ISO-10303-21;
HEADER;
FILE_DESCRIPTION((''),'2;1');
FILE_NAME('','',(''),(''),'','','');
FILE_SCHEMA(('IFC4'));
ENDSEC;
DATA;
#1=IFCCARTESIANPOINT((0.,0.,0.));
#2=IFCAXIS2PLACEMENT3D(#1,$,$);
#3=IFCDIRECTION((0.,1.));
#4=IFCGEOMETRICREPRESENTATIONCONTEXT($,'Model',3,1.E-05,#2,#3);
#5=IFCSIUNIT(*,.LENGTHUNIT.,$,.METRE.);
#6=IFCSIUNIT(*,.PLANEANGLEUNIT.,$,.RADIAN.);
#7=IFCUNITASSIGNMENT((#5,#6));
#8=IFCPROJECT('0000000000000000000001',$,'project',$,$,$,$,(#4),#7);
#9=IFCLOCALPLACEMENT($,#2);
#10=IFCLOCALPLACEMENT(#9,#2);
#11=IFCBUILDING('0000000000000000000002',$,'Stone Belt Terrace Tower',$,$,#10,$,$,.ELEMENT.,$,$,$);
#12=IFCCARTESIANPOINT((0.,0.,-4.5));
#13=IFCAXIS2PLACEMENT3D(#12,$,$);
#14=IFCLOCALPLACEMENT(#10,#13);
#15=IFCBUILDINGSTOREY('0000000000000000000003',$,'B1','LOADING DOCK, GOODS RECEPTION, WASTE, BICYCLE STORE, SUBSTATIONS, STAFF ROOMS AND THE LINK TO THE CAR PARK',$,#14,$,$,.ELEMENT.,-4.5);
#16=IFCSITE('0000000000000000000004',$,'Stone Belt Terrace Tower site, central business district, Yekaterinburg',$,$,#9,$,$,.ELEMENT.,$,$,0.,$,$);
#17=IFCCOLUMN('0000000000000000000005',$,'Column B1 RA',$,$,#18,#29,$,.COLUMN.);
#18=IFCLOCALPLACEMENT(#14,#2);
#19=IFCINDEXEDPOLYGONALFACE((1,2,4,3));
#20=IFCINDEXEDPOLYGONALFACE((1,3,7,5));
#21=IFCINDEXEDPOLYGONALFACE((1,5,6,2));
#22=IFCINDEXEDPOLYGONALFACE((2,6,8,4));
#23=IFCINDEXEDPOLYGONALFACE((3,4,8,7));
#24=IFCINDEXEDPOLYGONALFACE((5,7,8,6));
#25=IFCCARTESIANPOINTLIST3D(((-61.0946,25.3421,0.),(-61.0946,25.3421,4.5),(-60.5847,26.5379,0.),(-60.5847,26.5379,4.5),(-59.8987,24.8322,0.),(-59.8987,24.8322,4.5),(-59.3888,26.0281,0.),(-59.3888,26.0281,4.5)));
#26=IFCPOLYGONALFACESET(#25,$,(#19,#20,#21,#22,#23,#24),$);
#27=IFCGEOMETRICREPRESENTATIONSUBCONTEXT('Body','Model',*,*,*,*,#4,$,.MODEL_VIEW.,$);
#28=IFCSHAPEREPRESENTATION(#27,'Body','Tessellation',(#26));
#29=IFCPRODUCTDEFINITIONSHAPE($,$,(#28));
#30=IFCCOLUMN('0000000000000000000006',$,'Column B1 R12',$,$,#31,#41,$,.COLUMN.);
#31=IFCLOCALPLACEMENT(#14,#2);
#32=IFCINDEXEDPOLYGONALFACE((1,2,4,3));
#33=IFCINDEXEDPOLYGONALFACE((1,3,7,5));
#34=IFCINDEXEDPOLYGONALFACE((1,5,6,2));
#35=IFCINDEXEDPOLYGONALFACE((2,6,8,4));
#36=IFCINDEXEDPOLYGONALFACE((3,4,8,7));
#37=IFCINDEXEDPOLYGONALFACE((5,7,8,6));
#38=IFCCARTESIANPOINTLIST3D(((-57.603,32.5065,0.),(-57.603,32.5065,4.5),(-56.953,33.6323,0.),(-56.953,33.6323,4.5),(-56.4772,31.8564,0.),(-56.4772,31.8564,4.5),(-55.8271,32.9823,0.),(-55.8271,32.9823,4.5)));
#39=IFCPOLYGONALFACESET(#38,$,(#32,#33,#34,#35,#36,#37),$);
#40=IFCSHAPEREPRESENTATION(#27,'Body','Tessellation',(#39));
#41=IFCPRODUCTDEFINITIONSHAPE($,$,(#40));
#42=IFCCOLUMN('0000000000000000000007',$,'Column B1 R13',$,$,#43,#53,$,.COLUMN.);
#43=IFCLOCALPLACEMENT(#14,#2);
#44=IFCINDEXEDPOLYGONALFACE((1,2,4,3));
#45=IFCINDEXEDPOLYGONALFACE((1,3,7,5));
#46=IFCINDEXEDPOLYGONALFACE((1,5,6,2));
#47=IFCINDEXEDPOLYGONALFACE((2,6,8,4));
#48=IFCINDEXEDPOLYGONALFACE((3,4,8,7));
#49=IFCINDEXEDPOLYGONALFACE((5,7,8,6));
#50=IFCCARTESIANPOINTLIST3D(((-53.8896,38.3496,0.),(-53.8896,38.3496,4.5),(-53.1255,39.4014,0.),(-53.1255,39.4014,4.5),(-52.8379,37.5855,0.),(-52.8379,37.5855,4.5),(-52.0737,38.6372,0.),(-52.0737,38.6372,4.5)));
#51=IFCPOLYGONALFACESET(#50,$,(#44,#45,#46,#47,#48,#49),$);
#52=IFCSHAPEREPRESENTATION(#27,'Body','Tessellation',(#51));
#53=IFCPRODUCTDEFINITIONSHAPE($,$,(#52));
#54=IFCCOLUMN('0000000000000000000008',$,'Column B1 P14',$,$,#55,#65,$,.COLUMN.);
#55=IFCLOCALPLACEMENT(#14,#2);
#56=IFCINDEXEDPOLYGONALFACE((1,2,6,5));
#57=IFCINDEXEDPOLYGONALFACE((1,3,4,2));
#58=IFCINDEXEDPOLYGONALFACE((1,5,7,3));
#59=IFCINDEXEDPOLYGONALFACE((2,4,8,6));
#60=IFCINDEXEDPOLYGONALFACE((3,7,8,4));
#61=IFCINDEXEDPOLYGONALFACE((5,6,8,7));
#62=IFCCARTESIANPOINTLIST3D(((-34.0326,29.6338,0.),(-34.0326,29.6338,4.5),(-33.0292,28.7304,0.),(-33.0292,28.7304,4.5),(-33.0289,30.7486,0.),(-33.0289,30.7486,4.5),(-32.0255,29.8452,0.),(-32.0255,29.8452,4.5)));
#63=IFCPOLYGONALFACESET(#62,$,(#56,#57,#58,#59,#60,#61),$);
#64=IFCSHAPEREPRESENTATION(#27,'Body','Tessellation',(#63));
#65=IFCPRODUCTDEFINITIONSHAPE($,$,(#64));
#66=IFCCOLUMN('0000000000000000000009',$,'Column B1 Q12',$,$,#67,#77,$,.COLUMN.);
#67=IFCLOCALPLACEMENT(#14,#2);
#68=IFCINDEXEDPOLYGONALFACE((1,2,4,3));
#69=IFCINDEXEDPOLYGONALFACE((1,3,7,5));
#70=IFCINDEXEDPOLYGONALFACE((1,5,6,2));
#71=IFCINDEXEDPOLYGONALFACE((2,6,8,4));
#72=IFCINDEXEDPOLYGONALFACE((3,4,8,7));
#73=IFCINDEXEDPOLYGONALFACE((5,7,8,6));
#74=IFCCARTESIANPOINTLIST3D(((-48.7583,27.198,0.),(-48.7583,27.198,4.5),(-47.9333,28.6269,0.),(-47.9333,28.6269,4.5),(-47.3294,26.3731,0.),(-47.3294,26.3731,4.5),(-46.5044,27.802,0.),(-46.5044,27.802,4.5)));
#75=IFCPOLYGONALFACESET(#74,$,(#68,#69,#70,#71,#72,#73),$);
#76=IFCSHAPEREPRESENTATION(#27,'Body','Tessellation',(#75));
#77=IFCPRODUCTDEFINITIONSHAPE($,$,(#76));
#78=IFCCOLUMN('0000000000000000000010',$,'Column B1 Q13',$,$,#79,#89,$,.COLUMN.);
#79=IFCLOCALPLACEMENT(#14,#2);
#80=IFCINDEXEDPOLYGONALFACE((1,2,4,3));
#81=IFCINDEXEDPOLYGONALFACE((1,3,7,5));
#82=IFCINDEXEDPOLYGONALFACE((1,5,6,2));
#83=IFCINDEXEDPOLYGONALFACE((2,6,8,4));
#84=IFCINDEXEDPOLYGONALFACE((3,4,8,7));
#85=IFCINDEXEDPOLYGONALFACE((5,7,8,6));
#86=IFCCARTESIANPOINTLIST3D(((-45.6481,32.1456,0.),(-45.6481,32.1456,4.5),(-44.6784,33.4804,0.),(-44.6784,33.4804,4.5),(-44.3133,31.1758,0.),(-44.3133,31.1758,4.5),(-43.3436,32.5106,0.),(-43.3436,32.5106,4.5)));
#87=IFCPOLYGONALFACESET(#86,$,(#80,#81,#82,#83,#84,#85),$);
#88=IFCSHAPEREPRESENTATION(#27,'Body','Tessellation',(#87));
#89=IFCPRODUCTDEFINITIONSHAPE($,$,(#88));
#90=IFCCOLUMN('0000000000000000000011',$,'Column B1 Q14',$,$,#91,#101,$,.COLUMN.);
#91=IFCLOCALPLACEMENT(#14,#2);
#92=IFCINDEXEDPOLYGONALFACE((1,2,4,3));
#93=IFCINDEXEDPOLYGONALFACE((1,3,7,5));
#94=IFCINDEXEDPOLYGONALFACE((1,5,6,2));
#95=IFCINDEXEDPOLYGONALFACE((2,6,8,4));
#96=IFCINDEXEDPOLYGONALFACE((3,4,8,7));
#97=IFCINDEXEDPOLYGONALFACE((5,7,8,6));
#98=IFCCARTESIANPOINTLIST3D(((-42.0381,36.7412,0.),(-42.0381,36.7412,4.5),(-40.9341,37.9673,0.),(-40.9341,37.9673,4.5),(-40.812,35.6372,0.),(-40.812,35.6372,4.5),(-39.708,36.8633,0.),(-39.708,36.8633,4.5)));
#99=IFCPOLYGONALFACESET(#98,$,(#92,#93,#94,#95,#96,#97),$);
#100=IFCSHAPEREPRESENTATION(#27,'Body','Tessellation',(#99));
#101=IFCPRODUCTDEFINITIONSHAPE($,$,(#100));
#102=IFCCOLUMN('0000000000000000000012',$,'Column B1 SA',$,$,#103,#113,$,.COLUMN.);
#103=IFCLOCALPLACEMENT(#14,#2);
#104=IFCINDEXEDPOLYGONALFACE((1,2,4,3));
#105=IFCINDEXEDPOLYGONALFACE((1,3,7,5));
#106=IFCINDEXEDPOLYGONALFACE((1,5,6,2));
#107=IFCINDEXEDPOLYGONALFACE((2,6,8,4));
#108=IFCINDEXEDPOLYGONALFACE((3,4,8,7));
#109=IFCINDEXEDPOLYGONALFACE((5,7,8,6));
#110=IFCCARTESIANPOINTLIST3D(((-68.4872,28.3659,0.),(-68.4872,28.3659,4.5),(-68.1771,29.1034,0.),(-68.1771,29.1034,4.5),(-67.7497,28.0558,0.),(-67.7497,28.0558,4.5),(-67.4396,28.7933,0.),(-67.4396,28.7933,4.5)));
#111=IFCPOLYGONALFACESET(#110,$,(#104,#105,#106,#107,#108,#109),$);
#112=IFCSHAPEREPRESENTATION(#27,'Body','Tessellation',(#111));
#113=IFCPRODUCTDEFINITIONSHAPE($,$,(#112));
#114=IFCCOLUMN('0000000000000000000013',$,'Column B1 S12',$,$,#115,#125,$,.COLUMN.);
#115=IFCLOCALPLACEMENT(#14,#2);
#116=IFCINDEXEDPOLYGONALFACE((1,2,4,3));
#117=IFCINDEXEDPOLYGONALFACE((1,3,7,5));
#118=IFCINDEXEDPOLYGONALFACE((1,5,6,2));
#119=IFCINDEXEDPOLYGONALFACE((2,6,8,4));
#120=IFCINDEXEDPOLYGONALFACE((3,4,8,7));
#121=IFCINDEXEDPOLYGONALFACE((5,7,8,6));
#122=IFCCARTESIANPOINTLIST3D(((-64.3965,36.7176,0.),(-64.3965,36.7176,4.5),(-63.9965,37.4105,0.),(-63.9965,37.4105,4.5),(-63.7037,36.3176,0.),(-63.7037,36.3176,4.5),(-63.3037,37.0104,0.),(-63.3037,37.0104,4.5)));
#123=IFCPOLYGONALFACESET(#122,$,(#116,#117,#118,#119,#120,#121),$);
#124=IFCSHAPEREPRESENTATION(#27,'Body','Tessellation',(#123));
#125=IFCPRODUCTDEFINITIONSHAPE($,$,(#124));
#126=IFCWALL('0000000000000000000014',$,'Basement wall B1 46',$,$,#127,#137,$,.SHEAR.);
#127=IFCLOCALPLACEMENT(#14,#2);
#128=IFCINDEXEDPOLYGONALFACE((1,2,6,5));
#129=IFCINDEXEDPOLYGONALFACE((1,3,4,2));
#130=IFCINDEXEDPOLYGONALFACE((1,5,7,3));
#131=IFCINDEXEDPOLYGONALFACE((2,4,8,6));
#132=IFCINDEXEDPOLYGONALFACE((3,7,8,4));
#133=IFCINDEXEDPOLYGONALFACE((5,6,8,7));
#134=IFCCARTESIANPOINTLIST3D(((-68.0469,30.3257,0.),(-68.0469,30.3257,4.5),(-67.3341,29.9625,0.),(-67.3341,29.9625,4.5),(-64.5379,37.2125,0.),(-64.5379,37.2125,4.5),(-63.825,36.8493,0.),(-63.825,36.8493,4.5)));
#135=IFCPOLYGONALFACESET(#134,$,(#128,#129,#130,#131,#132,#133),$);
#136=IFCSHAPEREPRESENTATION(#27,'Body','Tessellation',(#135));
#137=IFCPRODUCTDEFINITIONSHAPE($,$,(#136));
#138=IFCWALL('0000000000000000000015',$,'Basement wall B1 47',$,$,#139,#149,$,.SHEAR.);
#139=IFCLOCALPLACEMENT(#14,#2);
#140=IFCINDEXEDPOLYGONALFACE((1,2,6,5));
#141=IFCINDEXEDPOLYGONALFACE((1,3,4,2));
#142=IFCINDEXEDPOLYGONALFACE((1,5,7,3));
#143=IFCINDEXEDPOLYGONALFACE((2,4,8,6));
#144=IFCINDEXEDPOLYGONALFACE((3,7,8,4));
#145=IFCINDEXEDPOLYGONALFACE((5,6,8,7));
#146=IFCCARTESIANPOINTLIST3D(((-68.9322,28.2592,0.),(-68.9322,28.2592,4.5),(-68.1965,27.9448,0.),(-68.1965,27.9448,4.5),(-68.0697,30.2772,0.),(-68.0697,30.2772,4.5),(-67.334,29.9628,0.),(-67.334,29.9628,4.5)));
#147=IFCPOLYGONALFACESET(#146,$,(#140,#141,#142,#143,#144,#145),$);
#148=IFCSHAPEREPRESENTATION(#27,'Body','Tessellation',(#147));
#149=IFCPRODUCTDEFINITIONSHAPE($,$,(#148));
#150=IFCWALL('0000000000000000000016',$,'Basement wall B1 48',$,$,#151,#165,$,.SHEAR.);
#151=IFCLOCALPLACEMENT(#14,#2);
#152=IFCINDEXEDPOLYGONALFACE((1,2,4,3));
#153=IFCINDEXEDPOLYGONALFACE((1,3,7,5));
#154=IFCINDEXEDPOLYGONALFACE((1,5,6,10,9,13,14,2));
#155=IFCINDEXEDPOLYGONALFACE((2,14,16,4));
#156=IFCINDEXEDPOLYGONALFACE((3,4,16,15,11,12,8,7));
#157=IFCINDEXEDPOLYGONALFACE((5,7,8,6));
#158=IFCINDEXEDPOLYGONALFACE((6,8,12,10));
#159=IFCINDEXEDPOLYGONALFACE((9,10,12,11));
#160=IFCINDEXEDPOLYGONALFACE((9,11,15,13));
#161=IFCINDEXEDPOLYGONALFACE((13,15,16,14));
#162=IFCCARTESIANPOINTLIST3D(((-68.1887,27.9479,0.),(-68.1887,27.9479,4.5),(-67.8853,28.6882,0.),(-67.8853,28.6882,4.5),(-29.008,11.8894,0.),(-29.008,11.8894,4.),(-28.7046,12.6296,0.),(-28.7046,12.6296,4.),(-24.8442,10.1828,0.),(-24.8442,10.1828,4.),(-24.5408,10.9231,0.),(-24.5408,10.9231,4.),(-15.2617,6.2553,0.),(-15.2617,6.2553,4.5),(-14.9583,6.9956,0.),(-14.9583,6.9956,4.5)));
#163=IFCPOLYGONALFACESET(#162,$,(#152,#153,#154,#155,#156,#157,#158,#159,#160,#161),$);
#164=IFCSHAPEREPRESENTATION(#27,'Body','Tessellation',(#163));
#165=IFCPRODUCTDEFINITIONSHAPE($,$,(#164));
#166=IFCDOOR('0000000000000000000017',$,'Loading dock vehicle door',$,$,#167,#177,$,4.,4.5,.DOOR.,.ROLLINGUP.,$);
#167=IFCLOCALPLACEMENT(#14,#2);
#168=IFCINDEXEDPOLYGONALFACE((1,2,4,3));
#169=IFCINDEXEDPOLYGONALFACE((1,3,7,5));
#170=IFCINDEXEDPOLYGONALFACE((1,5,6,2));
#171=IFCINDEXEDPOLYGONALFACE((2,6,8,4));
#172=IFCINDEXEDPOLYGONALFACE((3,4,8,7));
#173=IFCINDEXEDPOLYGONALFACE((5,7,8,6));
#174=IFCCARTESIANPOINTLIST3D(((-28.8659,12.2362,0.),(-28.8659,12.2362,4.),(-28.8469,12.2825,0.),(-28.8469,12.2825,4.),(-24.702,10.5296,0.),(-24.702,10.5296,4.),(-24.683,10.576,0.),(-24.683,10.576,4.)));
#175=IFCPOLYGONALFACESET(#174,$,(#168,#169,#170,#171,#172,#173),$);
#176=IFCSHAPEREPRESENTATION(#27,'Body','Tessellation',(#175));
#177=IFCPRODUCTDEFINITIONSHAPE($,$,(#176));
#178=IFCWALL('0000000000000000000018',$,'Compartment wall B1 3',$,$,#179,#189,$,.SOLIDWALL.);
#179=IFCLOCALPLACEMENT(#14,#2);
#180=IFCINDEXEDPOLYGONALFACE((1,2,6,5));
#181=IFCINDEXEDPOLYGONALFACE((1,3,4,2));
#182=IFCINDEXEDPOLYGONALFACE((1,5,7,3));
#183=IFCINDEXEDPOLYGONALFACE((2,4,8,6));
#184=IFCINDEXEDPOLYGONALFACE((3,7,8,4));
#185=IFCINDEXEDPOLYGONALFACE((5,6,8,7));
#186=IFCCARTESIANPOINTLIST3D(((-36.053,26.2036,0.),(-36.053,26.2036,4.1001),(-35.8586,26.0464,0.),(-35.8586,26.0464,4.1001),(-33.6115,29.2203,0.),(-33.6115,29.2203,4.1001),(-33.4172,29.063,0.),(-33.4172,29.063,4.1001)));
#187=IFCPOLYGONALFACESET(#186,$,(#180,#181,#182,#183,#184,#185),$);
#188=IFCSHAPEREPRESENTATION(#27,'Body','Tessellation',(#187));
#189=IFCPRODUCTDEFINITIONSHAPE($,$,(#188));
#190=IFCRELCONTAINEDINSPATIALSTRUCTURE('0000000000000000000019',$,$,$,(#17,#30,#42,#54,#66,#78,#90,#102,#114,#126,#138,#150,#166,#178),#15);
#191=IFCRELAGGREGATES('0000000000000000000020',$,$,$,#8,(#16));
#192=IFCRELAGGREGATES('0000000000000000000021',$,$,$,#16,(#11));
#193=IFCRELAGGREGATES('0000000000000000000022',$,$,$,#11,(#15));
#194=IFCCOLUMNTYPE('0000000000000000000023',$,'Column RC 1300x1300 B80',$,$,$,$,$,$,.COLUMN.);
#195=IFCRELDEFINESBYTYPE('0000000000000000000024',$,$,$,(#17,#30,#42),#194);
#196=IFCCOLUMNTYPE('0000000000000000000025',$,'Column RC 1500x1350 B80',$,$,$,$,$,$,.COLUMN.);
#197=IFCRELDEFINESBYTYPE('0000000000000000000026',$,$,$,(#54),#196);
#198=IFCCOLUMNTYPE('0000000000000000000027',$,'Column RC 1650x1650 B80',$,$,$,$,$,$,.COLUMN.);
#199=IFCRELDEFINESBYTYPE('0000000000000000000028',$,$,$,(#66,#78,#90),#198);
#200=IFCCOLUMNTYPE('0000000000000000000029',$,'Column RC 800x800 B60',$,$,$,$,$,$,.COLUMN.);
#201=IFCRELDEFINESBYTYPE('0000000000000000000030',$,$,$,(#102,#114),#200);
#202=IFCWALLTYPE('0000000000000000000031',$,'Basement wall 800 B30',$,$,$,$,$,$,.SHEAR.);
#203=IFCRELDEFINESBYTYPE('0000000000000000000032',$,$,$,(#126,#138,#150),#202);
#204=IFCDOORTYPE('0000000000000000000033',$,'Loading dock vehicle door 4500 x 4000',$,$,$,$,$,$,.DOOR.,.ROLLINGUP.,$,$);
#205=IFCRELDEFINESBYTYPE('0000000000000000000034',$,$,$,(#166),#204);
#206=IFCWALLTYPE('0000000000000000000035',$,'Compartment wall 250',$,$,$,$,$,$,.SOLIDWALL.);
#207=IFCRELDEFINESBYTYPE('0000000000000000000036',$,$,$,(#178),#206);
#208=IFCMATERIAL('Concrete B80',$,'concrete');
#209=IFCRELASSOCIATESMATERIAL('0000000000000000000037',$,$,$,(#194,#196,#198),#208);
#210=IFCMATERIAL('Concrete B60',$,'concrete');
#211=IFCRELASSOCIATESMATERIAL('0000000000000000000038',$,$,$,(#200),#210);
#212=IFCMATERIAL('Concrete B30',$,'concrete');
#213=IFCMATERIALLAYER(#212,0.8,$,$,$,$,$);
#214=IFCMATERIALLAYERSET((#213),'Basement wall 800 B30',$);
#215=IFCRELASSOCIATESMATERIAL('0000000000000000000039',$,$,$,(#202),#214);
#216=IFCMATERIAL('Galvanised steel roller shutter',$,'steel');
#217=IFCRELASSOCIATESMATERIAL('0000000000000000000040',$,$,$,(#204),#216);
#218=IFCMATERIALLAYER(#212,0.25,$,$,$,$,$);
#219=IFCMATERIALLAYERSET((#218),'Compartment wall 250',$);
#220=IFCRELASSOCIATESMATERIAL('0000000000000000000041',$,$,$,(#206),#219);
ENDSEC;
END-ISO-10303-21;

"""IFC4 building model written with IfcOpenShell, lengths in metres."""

from ifc_helpers import new_model, si_unit, direction, frame, frame_2d, origin, origin_2d, place, context, subcontext, project, spatial, rectangle, extrude, material, layer, layer_set, material_profile, profile_set, type_object, element, fill, save


model = new_model("IFC4")

# Units and contexts
model_context = context("Model", 3, precision=1e-05, world=origin(), true_north=direction((0.0, 1.0)))
body_context = subcontext(model_context, "Body", "Model", "MODEL_VIEW")
ifc_project = project(units=[si_unit("LENGTHUNIT", "METRE"), si_unit("PLANEANGLEUNIT", "RADIAN")], contexts=[model_context])

# Site, building, storey
site_placement = place(None, origin())
site = spatial("IfcSite", under=ifc_project, at=site_placement, Name="Stone Belt Terrace Tower site, central business district, Yekaterinburg", CompositionType="ELEMENT", RefElevation=0.0)
building_placement = place(site_placement, origin())
building = spatial("IfcBuilding", under=site, at=building_placement, Name="Stone Belt Terrace Tower", CompositionType="ELEMENT")
storey_placement = place(building_placement, frame((0.0, 0.0, -4.5)))
storey = spatial("IfcBuildingStorey", under=building, at=storey_placement, Name="B1", Description="LOADING DOCK, GOODS RECEPTION, WASTE, BICYCLE STORE, SUBSTATIONS, STAFF ROOMS AND THE LINK TO THE CAR PARK", CompositionType="ELEMENT", Elevation=-4.5)

# Columns
ifc_material_1 = material(Name="Concrete B80", Category="concrete")
ifc_material_profile_1 = material_profile(ifc_material_1, rectangle(XDim=1.3, YDim=1.3, at=origin_2d()), Name="RC 1300x1300")
ifc_profile_set_1 = profile_set([ifc_material_profile_1], Name="Concrete B80")
column_type_1 = type_object("IfcColumnType", Name="Column RC 1300x1300 B80", PredefinedType="COLUMN", material=ifc_profile_set_1)
for number, where, z_axis, x_axis, name in (
    (1, (-60.2417, 25.6851, 0.0), (0.0, 0.0, 1.0), (0.392204, 0.919878, 0.0), "Column B1 RA"),
    (2, (-56.7151, 32.7444, 0.0), (0.0, 0.0, 1.0), (0.5, 0.866025, 0.0), "Column B1 R12"),
    (3, (-52.9817, 38.4934, 0.0), (0.0, 0.0, 1.0), (0.587785, 0.809017, 0.0), "Column B1 R13"),
):
    element("IfcColumn", number, at=place(storey_placement, frame(where, z_axis=z_axis, x_axis=x_axis)), inside=storey, type_object=column_type_1, Name=name, PredefinedType="COLUMN", context=body_context, shape_type="SweptSolid", body=[
        extrude(rectangle(XDim=1.3, YDim=1.3, at=origin_2d()), origin(), (0.0, 0.0, 1.0), 4.5),
    ])
ifc_material_profile_2 = material_profile(ifc_material_1, rectangle(XDim=1.5, YDim=1.3501, at=origin_2d()), Name="RC 1500x1350")
ifc_profile_set_2 = profile_set([ifc_material_profile_2], Name="Concrete B80")
column_type_2 = type_object("IfcColumnType", Name="Column RC 1500x1350 B80", PredefinedType="COLUMN", material=ifc_profile_set_2)
column_placement = place(storey_placement, frame((-33.0291, 29.7395, 0.0), z_axis=(0.0, 0.0, 1.0), x_axis=(0.669131, 0.743145, 0.0)))
element("IfcColumn", 4, at=column_placement, inside=storey, type_object=column_type_2, Name="Column B1 P14", PredefinedType="COLUMN", context=body_context, shape_type="SweptSolid", body=[
    extrude(rectangle(XDim=1.5, YDim=1.3501, at=origin_2d()), origin(), (0.0, 0.0, 1.0), 4.5),
])
ifc_material_profile_3 = material_profile(ifc_material_1, rectangle(XDim=1.6499, YDim=1.6499, at=origin_2d()), Name="RC 1650x1650")
ifc_profile_set_3 = profile_set([ifc_material_profile_3], Name="Concrete B80")
column_type_3 = type_object("IfcColumnType", Name="Column RC 1650x1650 B80", PredefinedType="COLUMN", material=ifc_profile_set_3)
for number, where, z_axis, x_axis, name in (
    (5, (-47.6313, 27.5, 0.0), (0.0, 0.0, 1.0), (0.5, 0.866025, 0.0), "Column B1 Q12"),
    (6, (-44.4958, 32.3281, 0.0), (0.0, 0.0, 1.0), (0.587785, 0.809017, 0.0), "Column B1 Q13"),
    (7, (-40.873, 36.8022, 0.0), (0.0, 0.0, 1.0), (0.669131, 0.743145, 0.0), "Column B1 Q14"),
):
    element("IfcColumn", number, at=place(storey_placement, frame(where, z_axis=z_axis, x_axis=x_axis)), inside=storey, type_object=column_type_3, Name=name, PredefinedType="COLUMN", context=body_context, shape_type="SweptSolid", body=[
        extrude(rectangle(XDim=1.6499, YDim=1.6499, at=origin_2d()), origin(), (0.0, 0.0, 1.0), 4.5),
    ])
ifc_material_2 = material(Name="Concrete B60", Category="concrete")
ifc_material_profile_4 = material_profile(ifc_material_2, rectangle(XDim=0.8, YDim=0.8, at=origin_2d()), Name="RC 800x800")
ifc_profile_set_4 = profile_set([ifc_material_profile_4], Name="Concrete B60")
column_type_4 = type_object("IfcColumnType", Name="Column RC 800x800 B60", PredefinedType="COLUMN", material=ifc_profile_set_4)
for number, where, z_axis, x_axis, name in (
    (8, (-67.9634, 28.5796, 0.0), (0.0, 0.0, 1.0), (0.387636, 0.921812, 0.0), "Column B1 SA"),
    (9, (-63.8501, 36.864, 0.0), (0.0, 0.0, 1.0), (0.5, 0.866025, 0.0), "Column B1 S12"),
):
    element("IfcColumn", number, at=place(storey_placement, frame(where, z_axis=z_axis, x_axis=x_axis)), inside=storey, type_object=column_type_4, Name=name, PredefinedType="COLUMN", context=body_context, shape_type="SweptSolid", body=[
        extrude(rectangle(XDim=0.8, YDim=0.8, at=origin_2d()), origin(), (0.0, 0.0, 1.0), 4.5),
    ])

# Walls
ifc_material_3 = material(Name="Concrete B30", Category="concrete")
ifc_layer_1 = layer(ifc_material_3, 0.8)
ifc_layer_set_1 = layer_set([ifc_layer_1], Name="Basement wall 800 B30")
wall_type_1 = type_object("IfcWallType", Name="Basement wall 800 B30", PredefinedType="SHEAR", material=ifc_layer_set_1)
wall_1_placement = place(storey_placement, frame((-64.1814, 37.031, 0.0), z_axis=(0.0, 0.0, 1.0), x_axis=(-0.453998, -0.891003, 0.0)))
element("IfcWall", 10, at=wall_1_placement, inside=storey, type_object=wall_type_1, Name="Basement wall B1 46", PredefinedType="SHEAR", context=body_context, shape_type="SweptSolid", body=[
    extrude(rectangle(XDim=7.7292, YDim=0.8, at=frame_2d((3.8647, 0.0))), origin(), (0.0, 0.0, 1.0), 4.5),
])
wall_2_placement = place(storey_placement, frame((-67.7019, 30.1199, 0.0), z_axis=(0.0, 0.0, 1.0), x_axis=(-0.39302, -0.91953, 0.0)))
element("IfcWall", 11, at=wall_2_placement, inside=storey, type_object=wall_type_1, Name="Basement wall B1 47", PredefinedType="SHEAR", context=body_context, shape_type="SweptSolid", body=[
    extrude(rectangle(XDim=2.1946, YDim=0.8, at=frame_2d((1.0972, 0.0))), origin(), (0.0, 0.0, 1.0), 4.5),
])

# Wall, opening, door
wall_3_placement = place(storey_placement, frame((-68.0371, 28.3181, 0.0), z_axis=(0.0, 0.0, 1.0), x_axis=(0.925298, -0.379242, 0.0)))
wall_3 = element("IfcWall", 12, at=wall_3_placement, inside=storey, type_object=wall_type_1, Name="Basement wall B1 48", PredefinedType="SHEAR", context=body_context, shape_type="SweptSolid", body=[
    extrude(rectangle(XDim=57.2, YDim=0.8, at=frame_2d((28.6001, 0.0))), origin(), (0.0, 0.0, 1.0), 4.5),
])
opening_placement = place(wall_3_placement, frame((42.344, 0.0, 0.0)))
opening = element("IfcOpeningElement", 13, at=opening_placement, cuts=wall_3, PredefinedType="OPENING", context=body_context, shape_type="SweptSolid", body=[
    extrude(rectangle(XDim=4.5, YDim=4.0, at=frame_2d((2.25, 2.0))), frame((0.0, 0.4099, 0.0), z_axis=(0.0, -1.0, 0.0), x_axis=(1.0, 0.0, 0.0)), (0.0, 0.0, 1.0), 0.8201),
])
ifc_material_4 = material(Name="Galvanised steel roller shutter", Category="steel")
door_type = type_object("IfcDoorType", Name="Loading dock vehicle door 4500 x 4000", OperationType="ROLLINGUP", PredefinedType="DOOR", material=ifc_material_4)
door_placement = place(opening_placement, origin())
door = element("IfcDoor", 14, at=door_placement, inside=storey, type_object=door_type, Name="Loading dock vehicle door", OperationType="ROLLINGUP", OverallHeight=4.0, OverallWidth=4.5, PredefinedType="DOOR", context=body_context, shape_type="SweptSolid", body=[
    extrude(rectangle(XDim=4.5, YDim=4.0, at=frame_2d((2.25, 2.0))), frame((0.0, 0.0249, 0.0), z_axis=(0.0, -1.0, 0.0), x_axis=(1.0, 0.0, 0.0)), (0.0, 0.0, 1.0), 0.05),
])
fill(opening, door)

# Wall
ifc_layer_2 = layer(ifc_material_3, 0.25)
ifc_layer_set_2 = layer_set([ifc_layer_2], Name="Compartment wall 250")
wall_type_2 = type_object("IfcWallType", Name="Compartment wall 250", PredefinedType="SOLIDWALL", material=ifc_layer_set_2)
wall_4_placement = place(storey_placement, frame((-35.9558, 26.125, 0.0), z_axis=(0.0, 0.0, 1.0), x_axis=(0.629104, 0.777321, 0.0)))
element("IfcWall", 15, at=wall_4_placement, inside=storey, type_object=wall_type_2, Name="Compartment wall B1 3", PredefinedType="SOLIDWALL", context=body_context, shape_type="SweptSolid", body=[
    extrude(rectangle(XDim=3.8809, YDim=0.25, at=frame_2d((1.9404, 0.0))), origin(), (0.0, 0.0, 1.0), 4.1001),
])

save(model, "model.ifc")
